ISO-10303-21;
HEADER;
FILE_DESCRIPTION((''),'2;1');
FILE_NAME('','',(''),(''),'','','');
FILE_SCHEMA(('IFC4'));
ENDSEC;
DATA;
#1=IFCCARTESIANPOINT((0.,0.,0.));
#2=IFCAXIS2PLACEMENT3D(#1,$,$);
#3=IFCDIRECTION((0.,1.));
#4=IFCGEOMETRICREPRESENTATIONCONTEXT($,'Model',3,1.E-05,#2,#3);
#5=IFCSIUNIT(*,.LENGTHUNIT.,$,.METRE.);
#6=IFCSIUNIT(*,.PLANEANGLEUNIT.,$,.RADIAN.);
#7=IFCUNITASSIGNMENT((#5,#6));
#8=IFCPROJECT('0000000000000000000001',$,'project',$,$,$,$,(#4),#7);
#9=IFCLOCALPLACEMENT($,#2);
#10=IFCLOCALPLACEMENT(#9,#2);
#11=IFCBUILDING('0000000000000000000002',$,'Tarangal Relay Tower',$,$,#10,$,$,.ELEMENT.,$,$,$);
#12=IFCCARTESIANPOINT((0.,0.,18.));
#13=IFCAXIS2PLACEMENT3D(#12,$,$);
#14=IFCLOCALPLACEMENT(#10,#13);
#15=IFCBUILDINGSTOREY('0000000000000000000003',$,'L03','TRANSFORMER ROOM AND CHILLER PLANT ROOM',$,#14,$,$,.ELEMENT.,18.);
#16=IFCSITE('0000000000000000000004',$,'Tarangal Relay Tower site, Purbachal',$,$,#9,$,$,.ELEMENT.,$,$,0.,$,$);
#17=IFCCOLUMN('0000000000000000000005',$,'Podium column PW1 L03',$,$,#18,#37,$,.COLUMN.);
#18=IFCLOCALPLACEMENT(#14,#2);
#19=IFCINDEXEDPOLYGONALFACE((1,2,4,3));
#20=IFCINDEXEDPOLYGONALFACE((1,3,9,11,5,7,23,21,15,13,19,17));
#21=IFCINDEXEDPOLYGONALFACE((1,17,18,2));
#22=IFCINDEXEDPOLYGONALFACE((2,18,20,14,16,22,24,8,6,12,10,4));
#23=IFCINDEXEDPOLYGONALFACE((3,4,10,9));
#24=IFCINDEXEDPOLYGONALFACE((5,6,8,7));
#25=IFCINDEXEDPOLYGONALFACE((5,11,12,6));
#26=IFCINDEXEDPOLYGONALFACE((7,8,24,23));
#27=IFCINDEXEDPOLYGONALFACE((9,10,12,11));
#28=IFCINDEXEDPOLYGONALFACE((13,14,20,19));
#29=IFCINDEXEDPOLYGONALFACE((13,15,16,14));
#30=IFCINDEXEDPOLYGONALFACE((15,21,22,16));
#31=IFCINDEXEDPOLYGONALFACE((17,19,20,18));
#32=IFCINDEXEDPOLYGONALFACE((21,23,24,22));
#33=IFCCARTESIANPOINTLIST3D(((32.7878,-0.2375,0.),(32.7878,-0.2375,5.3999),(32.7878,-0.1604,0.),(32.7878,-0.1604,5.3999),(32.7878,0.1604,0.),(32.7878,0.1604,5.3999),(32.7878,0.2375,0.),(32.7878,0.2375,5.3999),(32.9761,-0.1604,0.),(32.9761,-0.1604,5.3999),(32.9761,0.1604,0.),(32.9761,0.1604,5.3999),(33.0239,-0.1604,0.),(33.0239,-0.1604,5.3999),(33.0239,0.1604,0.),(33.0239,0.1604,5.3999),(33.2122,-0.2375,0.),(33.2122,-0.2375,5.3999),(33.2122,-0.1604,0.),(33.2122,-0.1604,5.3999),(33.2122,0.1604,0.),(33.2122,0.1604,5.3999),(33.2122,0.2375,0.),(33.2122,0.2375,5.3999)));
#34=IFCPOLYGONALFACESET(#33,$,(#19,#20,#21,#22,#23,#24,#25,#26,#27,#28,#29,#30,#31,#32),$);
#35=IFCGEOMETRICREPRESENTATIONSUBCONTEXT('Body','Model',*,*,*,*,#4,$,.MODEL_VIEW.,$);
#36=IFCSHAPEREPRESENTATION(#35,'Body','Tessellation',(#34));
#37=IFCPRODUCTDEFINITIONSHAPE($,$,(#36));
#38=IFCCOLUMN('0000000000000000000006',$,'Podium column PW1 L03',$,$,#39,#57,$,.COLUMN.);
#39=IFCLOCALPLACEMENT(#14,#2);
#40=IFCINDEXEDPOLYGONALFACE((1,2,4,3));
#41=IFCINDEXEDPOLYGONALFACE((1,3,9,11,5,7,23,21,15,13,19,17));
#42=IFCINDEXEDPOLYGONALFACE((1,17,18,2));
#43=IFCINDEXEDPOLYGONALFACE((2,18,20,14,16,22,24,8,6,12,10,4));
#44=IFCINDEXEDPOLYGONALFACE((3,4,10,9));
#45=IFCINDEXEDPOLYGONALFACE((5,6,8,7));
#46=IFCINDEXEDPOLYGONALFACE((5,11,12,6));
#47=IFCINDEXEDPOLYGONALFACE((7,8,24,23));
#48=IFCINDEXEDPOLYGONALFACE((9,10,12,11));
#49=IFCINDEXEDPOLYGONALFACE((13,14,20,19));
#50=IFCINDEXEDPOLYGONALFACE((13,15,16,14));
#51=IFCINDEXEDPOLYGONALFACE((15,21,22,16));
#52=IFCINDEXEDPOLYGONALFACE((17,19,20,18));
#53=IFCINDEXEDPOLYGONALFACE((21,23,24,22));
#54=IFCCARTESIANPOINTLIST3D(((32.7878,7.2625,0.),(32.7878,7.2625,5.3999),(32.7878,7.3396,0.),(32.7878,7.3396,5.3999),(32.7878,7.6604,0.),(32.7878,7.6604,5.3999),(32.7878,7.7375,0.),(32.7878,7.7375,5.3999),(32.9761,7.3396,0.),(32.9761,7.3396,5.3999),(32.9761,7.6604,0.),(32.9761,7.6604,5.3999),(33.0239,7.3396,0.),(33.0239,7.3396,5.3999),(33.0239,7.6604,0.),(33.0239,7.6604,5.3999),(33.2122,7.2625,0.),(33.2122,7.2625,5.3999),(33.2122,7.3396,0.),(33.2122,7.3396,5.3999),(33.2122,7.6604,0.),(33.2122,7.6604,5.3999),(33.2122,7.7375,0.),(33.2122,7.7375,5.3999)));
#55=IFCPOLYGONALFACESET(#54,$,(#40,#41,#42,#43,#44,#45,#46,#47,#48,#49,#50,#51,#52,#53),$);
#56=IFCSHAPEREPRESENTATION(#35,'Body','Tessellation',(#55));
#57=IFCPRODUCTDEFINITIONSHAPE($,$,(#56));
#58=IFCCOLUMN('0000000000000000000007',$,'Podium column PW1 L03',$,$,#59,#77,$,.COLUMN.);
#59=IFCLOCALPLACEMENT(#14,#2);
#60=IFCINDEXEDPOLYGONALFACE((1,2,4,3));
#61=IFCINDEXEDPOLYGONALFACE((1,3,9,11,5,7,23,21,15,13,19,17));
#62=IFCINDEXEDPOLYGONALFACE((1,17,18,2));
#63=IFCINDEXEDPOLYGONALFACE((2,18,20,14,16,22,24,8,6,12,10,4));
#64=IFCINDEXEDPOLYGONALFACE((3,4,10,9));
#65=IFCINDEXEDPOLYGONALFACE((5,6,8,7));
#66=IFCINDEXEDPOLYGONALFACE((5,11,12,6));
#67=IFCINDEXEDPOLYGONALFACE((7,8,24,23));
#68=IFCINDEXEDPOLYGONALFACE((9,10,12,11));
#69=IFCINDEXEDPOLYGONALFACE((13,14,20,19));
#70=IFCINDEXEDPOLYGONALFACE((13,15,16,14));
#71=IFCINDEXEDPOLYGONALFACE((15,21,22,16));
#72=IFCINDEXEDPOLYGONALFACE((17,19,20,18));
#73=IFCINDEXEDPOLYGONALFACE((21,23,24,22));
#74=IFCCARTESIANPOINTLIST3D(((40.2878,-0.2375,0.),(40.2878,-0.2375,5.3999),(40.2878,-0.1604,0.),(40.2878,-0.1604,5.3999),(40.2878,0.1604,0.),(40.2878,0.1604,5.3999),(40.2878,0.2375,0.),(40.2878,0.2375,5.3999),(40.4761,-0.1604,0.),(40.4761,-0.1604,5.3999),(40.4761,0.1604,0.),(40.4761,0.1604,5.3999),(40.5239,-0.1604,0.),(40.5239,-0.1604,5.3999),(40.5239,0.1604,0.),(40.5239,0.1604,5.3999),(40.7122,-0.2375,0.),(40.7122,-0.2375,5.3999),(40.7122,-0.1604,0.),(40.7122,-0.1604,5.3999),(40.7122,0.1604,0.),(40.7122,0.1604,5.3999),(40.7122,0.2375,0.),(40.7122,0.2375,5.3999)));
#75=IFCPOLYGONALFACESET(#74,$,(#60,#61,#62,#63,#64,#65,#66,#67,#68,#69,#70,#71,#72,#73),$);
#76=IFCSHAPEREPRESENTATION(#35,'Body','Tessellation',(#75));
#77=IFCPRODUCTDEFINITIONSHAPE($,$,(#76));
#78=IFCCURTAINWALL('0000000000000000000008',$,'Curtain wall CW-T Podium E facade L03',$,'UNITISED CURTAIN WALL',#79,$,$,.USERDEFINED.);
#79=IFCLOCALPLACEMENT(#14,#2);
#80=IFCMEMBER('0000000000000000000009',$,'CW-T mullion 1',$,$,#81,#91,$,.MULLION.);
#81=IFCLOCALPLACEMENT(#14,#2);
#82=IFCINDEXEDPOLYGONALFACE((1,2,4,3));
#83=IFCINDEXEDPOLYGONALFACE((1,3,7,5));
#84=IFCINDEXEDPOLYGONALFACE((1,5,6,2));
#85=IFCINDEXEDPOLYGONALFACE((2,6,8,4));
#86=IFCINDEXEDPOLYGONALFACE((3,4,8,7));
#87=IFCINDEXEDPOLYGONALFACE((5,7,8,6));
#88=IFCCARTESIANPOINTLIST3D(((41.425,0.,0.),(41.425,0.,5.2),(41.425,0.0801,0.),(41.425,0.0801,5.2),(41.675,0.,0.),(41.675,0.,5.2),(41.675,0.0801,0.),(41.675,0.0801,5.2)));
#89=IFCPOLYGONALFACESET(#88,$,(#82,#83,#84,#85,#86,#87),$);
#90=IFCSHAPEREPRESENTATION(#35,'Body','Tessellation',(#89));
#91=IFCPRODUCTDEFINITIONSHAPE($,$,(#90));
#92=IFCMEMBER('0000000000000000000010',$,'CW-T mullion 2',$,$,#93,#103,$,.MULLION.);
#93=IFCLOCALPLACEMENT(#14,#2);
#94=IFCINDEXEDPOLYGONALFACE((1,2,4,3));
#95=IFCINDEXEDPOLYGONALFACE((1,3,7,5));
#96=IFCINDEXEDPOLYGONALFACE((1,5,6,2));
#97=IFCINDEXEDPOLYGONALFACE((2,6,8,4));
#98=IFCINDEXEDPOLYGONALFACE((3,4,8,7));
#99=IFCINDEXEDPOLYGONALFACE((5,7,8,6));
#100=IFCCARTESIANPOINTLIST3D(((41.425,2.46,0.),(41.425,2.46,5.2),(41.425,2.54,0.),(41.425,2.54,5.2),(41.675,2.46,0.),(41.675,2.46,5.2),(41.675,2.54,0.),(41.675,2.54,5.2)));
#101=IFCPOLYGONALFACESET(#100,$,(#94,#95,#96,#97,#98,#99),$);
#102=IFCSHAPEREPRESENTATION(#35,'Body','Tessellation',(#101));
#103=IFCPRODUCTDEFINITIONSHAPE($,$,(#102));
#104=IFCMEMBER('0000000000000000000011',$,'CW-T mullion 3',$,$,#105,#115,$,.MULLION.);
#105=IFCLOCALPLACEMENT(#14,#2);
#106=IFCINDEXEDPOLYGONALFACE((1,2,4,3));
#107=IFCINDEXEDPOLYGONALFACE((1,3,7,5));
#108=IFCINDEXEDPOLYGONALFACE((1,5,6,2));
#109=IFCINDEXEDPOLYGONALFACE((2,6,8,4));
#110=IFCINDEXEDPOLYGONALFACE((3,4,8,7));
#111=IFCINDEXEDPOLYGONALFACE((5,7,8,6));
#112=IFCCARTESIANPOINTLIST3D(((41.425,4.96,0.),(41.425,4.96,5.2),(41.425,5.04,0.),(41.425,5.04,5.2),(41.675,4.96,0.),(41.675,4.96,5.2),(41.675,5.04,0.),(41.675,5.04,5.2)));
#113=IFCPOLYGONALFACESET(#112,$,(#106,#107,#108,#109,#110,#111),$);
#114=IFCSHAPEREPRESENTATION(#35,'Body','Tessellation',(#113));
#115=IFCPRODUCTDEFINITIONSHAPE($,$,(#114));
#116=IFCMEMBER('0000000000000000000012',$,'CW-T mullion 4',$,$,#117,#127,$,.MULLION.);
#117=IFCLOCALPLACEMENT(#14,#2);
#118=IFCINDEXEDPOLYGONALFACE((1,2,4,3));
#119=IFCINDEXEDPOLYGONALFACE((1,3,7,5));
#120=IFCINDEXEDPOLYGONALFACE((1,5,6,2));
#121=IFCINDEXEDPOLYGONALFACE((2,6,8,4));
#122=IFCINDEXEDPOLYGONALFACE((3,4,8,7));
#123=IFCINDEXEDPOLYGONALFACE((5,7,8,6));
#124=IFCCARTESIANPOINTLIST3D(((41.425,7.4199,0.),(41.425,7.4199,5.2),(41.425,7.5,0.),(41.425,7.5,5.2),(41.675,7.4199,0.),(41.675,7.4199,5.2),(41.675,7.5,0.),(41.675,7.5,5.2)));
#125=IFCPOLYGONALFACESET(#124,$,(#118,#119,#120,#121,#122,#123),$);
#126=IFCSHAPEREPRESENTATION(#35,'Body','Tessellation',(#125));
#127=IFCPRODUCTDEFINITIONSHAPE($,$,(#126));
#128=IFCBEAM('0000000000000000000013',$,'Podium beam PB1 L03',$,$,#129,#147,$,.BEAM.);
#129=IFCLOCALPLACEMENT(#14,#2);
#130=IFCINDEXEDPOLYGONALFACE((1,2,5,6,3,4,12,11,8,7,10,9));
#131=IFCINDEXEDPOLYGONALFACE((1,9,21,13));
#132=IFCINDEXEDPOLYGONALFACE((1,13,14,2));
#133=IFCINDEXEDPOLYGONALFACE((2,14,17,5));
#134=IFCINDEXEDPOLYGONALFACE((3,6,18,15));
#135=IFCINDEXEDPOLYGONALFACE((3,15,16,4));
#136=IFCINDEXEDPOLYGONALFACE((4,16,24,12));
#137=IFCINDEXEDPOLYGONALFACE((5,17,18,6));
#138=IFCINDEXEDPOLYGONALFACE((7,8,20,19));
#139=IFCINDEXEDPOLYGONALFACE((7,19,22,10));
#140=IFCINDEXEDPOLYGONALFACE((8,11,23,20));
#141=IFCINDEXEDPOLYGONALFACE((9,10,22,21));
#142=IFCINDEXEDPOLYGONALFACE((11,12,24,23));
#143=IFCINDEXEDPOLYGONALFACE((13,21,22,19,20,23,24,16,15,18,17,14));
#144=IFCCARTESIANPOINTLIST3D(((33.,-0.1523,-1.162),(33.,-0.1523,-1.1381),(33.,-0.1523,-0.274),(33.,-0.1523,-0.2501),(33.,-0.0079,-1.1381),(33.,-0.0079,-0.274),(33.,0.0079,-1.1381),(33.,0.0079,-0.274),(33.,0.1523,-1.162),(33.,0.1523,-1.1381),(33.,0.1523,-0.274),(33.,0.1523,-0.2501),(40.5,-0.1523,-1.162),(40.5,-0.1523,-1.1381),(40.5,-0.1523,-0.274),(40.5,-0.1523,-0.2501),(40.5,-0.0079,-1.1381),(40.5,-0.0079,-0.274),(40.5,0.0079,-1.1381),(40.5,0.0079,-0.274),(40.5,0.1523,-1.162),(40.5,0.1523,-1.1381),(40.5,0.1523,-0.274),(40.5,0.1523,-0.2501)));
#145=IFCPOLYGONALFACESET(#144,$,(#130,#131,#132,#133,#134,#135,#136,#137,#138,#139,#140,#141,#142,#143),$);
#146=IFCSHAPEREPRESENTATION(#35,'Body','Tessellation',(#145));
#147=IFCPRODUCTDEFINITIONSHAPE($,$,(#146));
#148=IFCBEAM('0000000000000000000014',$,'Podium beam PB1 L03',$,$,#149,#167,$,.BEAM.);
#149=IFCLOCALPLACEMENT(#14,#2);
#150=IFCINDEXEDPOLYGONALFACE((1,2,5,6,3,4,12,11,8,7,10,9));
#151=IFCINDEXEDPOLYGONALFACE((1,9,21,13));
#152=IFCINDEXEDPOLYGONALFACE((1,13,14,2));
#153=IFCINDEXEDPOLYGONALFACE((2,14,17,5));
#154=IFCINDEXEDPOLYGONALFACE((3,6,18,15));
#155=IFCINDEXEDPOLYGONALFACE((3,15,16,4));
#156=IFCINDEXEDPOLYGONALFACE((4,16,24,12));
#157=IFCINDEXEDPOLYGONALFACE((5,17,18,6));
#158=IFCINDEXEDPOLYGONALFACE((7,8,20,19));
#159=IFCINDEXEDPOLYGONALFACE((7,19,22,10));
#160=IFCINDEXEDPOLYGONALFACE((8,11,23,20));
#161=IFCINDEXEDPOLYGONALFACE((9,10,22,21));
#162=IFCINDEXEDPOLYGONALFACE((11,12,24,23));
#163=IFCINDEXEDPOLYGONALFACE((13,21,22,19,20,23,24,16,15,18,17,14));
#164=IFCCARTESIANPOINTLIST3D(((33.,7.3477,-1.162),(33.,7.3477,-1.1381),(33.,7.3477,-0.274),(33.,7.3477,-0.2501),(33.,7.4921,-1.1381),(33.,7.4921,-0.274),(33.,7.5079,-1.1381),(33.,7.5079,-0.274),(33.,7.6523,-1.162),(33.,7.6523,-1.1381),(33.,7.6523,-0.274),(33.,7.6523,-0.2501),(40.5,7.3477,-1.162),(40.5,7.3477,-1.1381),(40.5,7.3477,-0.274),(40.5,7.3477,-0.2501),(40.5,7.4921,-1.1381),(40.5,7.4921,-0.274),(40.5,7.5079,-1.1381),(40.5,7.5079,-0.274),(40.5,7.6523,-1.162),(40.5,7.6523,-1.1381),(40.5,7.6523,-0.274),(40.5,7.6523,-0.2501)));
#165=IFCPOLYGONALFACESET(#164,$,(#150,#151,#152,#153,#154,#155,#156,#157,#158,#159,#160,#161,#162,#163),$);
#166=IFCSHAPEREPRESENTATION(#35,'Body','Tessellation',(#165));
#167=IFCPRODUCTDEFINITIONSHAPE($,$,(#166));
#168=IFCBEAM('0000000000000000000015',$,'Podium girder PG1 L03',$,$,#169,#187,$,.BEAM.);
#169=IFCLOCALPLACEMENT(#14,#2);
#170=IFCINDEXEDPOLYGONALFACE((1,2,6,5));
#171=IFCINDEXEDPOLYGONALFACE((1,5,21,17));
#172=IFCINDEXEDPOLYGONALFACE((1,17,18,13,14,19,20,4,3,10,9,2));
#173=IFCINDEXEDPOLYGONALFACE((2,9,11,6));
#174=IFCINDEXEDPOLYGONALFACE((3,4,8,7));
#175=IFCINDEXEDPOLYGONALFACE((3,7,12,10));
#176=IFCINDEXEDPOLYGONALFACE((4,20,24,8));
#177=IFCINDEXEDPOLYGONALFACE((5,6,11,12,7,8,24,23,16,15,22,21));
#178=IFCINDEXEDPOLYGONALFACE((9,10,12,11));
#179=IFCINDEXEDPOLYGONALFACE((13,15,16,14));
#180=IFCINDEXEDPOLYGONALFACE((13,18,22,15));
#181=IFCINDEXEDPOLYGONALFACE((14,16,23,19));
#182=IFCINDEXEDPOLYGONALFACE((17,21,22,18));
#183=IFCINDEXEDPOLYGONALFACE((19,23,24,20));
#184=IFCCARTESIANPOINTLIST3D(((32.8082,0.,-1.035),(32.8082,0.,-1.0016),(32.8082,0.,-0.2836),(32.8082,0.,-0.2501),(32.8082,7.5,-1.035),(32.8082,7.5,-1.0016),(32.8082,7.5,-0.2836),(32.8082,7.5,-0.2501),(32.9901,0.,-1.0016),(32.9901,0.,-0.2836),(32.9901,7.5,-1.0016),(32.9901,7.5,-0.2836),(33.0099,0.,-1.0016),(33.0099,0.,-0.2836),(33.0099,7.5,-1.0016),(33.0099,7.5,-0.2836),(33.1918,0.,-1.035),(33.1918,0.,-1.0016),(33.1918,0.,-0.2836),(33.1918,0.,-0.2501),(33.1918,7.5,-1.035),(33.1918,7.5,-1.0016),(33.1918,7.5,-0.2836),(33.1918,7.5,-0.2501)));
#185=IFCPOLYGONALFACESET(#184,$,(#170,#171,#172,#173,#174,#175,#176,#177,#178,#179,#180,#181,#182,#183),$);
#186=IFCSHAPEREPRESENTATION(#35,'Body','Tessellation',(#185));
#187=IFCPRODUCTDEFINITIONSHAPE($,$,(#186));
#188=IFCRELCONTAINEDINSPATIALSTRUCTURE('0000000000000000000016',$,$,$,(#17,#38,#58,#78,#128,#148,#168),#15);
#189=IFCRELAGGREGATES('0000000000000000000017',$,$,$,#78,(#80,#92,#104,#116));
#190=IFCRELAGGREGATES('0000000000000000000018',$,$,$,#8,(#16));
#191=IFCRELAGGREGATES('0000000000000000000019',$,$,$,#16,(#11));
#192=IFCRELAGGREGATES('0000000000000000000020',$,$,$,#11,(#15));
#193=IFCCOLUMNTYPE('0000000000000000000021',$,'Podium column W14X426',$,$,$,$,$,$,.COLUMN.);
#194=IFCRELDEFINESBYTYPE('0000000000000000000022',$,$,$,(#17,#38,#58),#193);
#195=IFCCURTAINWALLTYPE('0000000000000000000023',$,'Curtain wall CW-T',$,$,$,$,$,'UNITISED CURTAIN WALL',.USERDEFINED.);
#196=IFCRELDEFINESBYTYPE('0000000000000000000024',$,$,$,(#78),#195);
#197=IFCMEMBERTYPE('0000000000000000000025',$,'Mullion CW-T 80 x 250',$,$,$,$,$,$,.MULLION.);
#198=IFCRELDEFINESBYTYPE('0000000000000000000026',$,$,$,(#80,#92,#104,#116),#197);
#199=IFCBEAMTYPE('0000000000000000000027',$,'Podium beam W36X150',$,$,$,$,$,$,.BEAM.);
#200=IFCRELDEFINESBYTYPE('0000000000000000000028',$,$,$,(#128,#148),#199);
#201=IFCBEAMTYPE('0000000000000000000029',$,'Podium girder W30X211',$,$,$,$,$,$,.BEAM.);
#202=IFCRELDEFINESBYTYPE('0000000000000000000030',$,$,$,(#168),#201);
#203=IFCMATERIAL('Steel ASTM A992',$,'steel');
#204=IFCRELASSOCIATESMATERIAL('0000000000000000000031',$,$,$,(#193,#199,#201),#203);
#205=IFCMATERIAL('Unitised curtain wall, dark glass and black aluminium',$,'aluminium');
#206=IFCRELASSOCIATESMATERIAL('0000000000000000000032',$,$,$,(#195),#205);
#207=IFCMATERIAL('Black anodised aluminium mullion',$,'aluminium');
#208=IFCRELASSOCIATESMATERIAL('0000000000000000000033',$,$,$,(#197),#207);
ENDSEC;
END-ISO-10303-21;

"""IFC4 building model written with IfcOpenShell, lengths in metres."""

from ifc_helpers import new_model, si_unit, direction, frame, origin, origin_2d, place, context, subcontext, project, spatial, rectangle, i_section, extrude, material, material_profile, profile_set, type_object, element, aggregate, save


model = new_model("IFC4")

# Units and contexts
model_context = context("Model", 3, precision=1e-05, world=origin(), true_north=direction((0.0, 1.0)))
body_context = subcontext(model_context, "Body", "Model", "MODEL_VIEW")
ifc_project = project(units=[si_unit("LENGTHUNIT", "METRE"), si_unit("PLANEANGLEUNIT", "RADIAN")], contexts=[model_context])

# Site, building, storey
site_placement = place(None, origin())
site = spatial("IfcSite", under=ifc_project, at=site_placement, Name="Tarangal Relay Tower site, Purbachal", CompositionType="ELEMENT", RefElevation=0.0)
building_placement = place(site_placement, origin())
building = spatial("IfcBuilding", under=site, at=building_placement, Name="Tarangal Relay Tower", CompositionType="ELEMENT")
storey_placement = place(building_placement, frame((0.0, 0.0, 18.0)))
storey = spatial("IfcBuildingStorey", under=building, at=storey_placement, Name="L03", Description="TRANSFORMER ROOM AND CHILLER PLANT ROOM", CompositionType="ELEMENT", Elevation=18.0)

# Columns
ifc_material_1 = material(Name="Steel ASTM A992", Category="steel")
ifc_material_profile_1 = material_profile(ifc_material_1, i_section(OverallWidth=0.4243, OverallDepth=0.4751, WebThickness=0.0479, FlangeThickness=0.0771, at=origin_2d()), Name="W14X426")
ifc_profile_set_1 = profile_set([ifc_material_profile_1], Name="Steel ASTM A992")
column_type = type_object("IfcColumnType", Name="Podium column W14X426", PredefinedType="COLUMN", material=ifc_profile_set_1)
for number, where, z_axis, x_axis, name in (
    (1, (33.0, 0.0, 0.0), (0.0, 0.0, 1.0), (1.0, 0.0, 0.0), "Podium column PW1 L03"),
    (2, (33.0, 7.5, 0.0), (0.0, 0.0, 1.0), (1.0, 0.0, 0.0), "Podium column PW1 L03"),
    (3, (40.5, 0.0, 0.0), (0.0, 0.0, 1.0), (1.0, 0.0, 0.0), "Podium column PW1 L03"),
):
    element("IfcColumn", number, at=place(storey_placement, frame(where, z_axis=z_axis, x_axis=x_axis)), inside=storey, type_object=column_type, Name=name, PredefinedType="COLUMN", context=body_context, shape_type="SweptSolid", body=[
        extrude(i_section(OverallWidth=0.4243, OverallDepth=0.4751, WebThickness=0.0479, FlangeThickness=0.0771, at=origin_2d()), origin(), (0.0, 0.0, 1.0), 5.3999),
    ])

# Curtain wall, members
ifc_material_2 = material(Name="Unitised curtain wall, dark glass and black aluminium", Category="aluminium")
curtain_wall_type = type_object("IfcCurtainWallType", Name="Curtain wall CW-T", ElementType="UNITISED CURTAIN WALL", PredefinedType="USERDEFINED", material=ifc_material_2)
curtain_wall_placement = place(storey_placement, origin())
curtain_wall = element("IfcCurtainWall", 4, at=curtain_wall_placement, inside=storey, type_object=curtain_wall_type, Name="Curtain wall CW-T Podium E facade L03", ObjectType="UNITISED CURTAIN WALL", PredefinedType="USERDEFINED")
ifc_material_3 = material(Name="Black anodised aluminium mullion", Category="aluminium")
ifc_material_profile_2 = material_profile(ifc_material_3, rectangle(XDim=0.25, YDim=0.0801, at=origin_2d()), Name="CW-TM 80X250")
ifc_profile_set_2 = profile_set([ifc_material_profile_2], Name="Black anodised aluminium mullion")
member_type_1 = type_object("IfcMemberType", Name="Mullion CW-T 80 x 250", PredefinedType="MULLION", material=ifc_profile_set_2)
member_1_placement = place(storey_placement, frame((41.55, 0.04, 0.0), z_axis=(0.0, 0.0, 1.0), x_axis=(-1.0, 0.0, 0.0)))
member_1 = element("IfcMember", 5, at=member_1_placement, type_object=member_type_1, Name="CW-T mullion 1", PredefinedType="MULLION", context=body_context, shape_type="SweptSolid", body=[
    extrude(rectangle(XDim=0.25, YDim=0.0801, at=origin_2d()), origin(), (0.0, 0.0, 1.0), 5.2),
])
member_2_placement = place(storey_placement, frame((41.55, 2.5, 0.0), z_axis=(0.0, 0.0, 1.0), x_axis=(-1.0, 0.0, 0.0)))
member_2 = element("IfcMember", 6, at=member_2_placement, type_object=member_type_1, Name="CW-T mullion 2", PredefinedType="MULLION", context=body_context, shape_type="SweptSolid", body=[
    extrude(rectangle(XDim=0.25, YDim=0.0801, at=origin_2d()), origin(), (0.0, 0.0, 1.0), 5.2),
])
member_3_placement = place(storey_placement, frame((41.55, 5.0, 0.0), z_axis=(0.0, 0.0, 1.0), x_axis=(-1.0, 0.0, 0.0)))
member_3 = element("IfcMember", 7, at=member_3_placement, type_object=member_type_1, Name="CW-T mullion 3", PredefinedType="MULLION", context=body_context, shape_type="SweptSolid", body=[
    extrude(rectangle(XDim=0.25, YDim=0.0801, at=origin_2d()), origin(), (0.0, 0.0, 1.0), 5.2),
])
member_4_placement = place(storey_placement, frame((41.55, 7.46, 0.0), z_axis=(0.0, 0.0, 1.0), x_axis=(-1.0, 0.0, 0.0)))
member_4 = element("IfcMember", 8, at=member_4_placement, type_object=member_type_1, Name="CW-T mullion 4", PredefinedType="MULLION", context=body_context, shape_type="SweptSolid", body=[
    extrude(rectangle(XDim=0.25, YDim=0.0801, at=origin_2d()), origin(), (0.0, 0.0, 1.0), 5.2),
])

# Beams
ifc_material_profile_3 = material_profile(ifc_material_1, i_section(OverallWidth=0.3047, OverallDepth=0.9119, WebThickness=0.0159, FlangeThickness=0.0239, at=origin_2d()), Name="W36X150")
ifc_profile_set_3 = profile_set([ifc_material_profile_3], Name="Steel ASTM A992")
beam_type_1 = type_object("IfcBeamType", Name="Podium beam W36X150", PredefinedType="BEAM", material=ifc_profile_set_3)
for number, where, z_axis, x_axis, name in (
    (9, (33.0, 0.0, -0.7061), (1.0, 0.0, 0.0), (0.0, 1.0, 0.0), "Podium beam PB1 L03"),
    (10, (33.0, 7.5, -0.7061), (1.0, 0.0, 0.0), (0.0, 1.0, 0.0), "Podium beam PB1 L03"),
):
    element("IfcBeam", number, at=place(storey_placement, frame(where, z_axis=z_axis, x_axis=x_axis)), inside=storey, type_object=beam_type_1, Name=name, PredefinedType="BEAM", context=body_context, shape_type="SweptSolid", body=[
        extrude(i_section(OverallWidth=0.3047, OverallDepth=0.9119, WebThickness=0.0159, FlangeThickness=0.0239, at=origin_2d()), origin(), (0.0, 0.0, 1.0), 7.5),
    ])
ifc_material_profile_4 = material_profile(ifc_material_1, i_section(OverallWidth=0.3835, OverallDepth=0.7849, WebThickness=0.0198, FlangeThickness=0.0334, at=origin_2d()), Name="W30X211")
ifc_profile_set_4 = profile_set([ifc_material_profile_4], Name="Steel ASTM A992")
beam_type_2 = type_object("IfcBeamType", Name="Podium girder W30X211", PredefinedType="BEAM", material=ifc_profile_set_4)
for number, where, z_axis, x_axis, name in (
    (11, (33.0, 0.0, -0.6426), (0.0, 1.0, 0.0), (-1.0, 0.0, 0.0), "Podium girder PG1 L03"),
):
    element("IfcBeam", number, at=place(storey_placement, frame(where, z_axis=z_axis, x_axis=x_axis)), inside=storey, type_object=beam_type_2, Name=name, PredefinedType="BEAM", context=body_context, shape_type="SweptSolid", body=[
        extrude(i_section(OverallWidth=0.3835, OverallDepth=0.7849, WebThickness=0.0198, FlangeThickness=0.0334, at=origin_2d()), origin(), (0.0, 0.0, 1.0), 7.5),
    ])

aggregate(curtain_wall, [member_1, member_2, member_3, member_4])

save(model, "model.ifc")
